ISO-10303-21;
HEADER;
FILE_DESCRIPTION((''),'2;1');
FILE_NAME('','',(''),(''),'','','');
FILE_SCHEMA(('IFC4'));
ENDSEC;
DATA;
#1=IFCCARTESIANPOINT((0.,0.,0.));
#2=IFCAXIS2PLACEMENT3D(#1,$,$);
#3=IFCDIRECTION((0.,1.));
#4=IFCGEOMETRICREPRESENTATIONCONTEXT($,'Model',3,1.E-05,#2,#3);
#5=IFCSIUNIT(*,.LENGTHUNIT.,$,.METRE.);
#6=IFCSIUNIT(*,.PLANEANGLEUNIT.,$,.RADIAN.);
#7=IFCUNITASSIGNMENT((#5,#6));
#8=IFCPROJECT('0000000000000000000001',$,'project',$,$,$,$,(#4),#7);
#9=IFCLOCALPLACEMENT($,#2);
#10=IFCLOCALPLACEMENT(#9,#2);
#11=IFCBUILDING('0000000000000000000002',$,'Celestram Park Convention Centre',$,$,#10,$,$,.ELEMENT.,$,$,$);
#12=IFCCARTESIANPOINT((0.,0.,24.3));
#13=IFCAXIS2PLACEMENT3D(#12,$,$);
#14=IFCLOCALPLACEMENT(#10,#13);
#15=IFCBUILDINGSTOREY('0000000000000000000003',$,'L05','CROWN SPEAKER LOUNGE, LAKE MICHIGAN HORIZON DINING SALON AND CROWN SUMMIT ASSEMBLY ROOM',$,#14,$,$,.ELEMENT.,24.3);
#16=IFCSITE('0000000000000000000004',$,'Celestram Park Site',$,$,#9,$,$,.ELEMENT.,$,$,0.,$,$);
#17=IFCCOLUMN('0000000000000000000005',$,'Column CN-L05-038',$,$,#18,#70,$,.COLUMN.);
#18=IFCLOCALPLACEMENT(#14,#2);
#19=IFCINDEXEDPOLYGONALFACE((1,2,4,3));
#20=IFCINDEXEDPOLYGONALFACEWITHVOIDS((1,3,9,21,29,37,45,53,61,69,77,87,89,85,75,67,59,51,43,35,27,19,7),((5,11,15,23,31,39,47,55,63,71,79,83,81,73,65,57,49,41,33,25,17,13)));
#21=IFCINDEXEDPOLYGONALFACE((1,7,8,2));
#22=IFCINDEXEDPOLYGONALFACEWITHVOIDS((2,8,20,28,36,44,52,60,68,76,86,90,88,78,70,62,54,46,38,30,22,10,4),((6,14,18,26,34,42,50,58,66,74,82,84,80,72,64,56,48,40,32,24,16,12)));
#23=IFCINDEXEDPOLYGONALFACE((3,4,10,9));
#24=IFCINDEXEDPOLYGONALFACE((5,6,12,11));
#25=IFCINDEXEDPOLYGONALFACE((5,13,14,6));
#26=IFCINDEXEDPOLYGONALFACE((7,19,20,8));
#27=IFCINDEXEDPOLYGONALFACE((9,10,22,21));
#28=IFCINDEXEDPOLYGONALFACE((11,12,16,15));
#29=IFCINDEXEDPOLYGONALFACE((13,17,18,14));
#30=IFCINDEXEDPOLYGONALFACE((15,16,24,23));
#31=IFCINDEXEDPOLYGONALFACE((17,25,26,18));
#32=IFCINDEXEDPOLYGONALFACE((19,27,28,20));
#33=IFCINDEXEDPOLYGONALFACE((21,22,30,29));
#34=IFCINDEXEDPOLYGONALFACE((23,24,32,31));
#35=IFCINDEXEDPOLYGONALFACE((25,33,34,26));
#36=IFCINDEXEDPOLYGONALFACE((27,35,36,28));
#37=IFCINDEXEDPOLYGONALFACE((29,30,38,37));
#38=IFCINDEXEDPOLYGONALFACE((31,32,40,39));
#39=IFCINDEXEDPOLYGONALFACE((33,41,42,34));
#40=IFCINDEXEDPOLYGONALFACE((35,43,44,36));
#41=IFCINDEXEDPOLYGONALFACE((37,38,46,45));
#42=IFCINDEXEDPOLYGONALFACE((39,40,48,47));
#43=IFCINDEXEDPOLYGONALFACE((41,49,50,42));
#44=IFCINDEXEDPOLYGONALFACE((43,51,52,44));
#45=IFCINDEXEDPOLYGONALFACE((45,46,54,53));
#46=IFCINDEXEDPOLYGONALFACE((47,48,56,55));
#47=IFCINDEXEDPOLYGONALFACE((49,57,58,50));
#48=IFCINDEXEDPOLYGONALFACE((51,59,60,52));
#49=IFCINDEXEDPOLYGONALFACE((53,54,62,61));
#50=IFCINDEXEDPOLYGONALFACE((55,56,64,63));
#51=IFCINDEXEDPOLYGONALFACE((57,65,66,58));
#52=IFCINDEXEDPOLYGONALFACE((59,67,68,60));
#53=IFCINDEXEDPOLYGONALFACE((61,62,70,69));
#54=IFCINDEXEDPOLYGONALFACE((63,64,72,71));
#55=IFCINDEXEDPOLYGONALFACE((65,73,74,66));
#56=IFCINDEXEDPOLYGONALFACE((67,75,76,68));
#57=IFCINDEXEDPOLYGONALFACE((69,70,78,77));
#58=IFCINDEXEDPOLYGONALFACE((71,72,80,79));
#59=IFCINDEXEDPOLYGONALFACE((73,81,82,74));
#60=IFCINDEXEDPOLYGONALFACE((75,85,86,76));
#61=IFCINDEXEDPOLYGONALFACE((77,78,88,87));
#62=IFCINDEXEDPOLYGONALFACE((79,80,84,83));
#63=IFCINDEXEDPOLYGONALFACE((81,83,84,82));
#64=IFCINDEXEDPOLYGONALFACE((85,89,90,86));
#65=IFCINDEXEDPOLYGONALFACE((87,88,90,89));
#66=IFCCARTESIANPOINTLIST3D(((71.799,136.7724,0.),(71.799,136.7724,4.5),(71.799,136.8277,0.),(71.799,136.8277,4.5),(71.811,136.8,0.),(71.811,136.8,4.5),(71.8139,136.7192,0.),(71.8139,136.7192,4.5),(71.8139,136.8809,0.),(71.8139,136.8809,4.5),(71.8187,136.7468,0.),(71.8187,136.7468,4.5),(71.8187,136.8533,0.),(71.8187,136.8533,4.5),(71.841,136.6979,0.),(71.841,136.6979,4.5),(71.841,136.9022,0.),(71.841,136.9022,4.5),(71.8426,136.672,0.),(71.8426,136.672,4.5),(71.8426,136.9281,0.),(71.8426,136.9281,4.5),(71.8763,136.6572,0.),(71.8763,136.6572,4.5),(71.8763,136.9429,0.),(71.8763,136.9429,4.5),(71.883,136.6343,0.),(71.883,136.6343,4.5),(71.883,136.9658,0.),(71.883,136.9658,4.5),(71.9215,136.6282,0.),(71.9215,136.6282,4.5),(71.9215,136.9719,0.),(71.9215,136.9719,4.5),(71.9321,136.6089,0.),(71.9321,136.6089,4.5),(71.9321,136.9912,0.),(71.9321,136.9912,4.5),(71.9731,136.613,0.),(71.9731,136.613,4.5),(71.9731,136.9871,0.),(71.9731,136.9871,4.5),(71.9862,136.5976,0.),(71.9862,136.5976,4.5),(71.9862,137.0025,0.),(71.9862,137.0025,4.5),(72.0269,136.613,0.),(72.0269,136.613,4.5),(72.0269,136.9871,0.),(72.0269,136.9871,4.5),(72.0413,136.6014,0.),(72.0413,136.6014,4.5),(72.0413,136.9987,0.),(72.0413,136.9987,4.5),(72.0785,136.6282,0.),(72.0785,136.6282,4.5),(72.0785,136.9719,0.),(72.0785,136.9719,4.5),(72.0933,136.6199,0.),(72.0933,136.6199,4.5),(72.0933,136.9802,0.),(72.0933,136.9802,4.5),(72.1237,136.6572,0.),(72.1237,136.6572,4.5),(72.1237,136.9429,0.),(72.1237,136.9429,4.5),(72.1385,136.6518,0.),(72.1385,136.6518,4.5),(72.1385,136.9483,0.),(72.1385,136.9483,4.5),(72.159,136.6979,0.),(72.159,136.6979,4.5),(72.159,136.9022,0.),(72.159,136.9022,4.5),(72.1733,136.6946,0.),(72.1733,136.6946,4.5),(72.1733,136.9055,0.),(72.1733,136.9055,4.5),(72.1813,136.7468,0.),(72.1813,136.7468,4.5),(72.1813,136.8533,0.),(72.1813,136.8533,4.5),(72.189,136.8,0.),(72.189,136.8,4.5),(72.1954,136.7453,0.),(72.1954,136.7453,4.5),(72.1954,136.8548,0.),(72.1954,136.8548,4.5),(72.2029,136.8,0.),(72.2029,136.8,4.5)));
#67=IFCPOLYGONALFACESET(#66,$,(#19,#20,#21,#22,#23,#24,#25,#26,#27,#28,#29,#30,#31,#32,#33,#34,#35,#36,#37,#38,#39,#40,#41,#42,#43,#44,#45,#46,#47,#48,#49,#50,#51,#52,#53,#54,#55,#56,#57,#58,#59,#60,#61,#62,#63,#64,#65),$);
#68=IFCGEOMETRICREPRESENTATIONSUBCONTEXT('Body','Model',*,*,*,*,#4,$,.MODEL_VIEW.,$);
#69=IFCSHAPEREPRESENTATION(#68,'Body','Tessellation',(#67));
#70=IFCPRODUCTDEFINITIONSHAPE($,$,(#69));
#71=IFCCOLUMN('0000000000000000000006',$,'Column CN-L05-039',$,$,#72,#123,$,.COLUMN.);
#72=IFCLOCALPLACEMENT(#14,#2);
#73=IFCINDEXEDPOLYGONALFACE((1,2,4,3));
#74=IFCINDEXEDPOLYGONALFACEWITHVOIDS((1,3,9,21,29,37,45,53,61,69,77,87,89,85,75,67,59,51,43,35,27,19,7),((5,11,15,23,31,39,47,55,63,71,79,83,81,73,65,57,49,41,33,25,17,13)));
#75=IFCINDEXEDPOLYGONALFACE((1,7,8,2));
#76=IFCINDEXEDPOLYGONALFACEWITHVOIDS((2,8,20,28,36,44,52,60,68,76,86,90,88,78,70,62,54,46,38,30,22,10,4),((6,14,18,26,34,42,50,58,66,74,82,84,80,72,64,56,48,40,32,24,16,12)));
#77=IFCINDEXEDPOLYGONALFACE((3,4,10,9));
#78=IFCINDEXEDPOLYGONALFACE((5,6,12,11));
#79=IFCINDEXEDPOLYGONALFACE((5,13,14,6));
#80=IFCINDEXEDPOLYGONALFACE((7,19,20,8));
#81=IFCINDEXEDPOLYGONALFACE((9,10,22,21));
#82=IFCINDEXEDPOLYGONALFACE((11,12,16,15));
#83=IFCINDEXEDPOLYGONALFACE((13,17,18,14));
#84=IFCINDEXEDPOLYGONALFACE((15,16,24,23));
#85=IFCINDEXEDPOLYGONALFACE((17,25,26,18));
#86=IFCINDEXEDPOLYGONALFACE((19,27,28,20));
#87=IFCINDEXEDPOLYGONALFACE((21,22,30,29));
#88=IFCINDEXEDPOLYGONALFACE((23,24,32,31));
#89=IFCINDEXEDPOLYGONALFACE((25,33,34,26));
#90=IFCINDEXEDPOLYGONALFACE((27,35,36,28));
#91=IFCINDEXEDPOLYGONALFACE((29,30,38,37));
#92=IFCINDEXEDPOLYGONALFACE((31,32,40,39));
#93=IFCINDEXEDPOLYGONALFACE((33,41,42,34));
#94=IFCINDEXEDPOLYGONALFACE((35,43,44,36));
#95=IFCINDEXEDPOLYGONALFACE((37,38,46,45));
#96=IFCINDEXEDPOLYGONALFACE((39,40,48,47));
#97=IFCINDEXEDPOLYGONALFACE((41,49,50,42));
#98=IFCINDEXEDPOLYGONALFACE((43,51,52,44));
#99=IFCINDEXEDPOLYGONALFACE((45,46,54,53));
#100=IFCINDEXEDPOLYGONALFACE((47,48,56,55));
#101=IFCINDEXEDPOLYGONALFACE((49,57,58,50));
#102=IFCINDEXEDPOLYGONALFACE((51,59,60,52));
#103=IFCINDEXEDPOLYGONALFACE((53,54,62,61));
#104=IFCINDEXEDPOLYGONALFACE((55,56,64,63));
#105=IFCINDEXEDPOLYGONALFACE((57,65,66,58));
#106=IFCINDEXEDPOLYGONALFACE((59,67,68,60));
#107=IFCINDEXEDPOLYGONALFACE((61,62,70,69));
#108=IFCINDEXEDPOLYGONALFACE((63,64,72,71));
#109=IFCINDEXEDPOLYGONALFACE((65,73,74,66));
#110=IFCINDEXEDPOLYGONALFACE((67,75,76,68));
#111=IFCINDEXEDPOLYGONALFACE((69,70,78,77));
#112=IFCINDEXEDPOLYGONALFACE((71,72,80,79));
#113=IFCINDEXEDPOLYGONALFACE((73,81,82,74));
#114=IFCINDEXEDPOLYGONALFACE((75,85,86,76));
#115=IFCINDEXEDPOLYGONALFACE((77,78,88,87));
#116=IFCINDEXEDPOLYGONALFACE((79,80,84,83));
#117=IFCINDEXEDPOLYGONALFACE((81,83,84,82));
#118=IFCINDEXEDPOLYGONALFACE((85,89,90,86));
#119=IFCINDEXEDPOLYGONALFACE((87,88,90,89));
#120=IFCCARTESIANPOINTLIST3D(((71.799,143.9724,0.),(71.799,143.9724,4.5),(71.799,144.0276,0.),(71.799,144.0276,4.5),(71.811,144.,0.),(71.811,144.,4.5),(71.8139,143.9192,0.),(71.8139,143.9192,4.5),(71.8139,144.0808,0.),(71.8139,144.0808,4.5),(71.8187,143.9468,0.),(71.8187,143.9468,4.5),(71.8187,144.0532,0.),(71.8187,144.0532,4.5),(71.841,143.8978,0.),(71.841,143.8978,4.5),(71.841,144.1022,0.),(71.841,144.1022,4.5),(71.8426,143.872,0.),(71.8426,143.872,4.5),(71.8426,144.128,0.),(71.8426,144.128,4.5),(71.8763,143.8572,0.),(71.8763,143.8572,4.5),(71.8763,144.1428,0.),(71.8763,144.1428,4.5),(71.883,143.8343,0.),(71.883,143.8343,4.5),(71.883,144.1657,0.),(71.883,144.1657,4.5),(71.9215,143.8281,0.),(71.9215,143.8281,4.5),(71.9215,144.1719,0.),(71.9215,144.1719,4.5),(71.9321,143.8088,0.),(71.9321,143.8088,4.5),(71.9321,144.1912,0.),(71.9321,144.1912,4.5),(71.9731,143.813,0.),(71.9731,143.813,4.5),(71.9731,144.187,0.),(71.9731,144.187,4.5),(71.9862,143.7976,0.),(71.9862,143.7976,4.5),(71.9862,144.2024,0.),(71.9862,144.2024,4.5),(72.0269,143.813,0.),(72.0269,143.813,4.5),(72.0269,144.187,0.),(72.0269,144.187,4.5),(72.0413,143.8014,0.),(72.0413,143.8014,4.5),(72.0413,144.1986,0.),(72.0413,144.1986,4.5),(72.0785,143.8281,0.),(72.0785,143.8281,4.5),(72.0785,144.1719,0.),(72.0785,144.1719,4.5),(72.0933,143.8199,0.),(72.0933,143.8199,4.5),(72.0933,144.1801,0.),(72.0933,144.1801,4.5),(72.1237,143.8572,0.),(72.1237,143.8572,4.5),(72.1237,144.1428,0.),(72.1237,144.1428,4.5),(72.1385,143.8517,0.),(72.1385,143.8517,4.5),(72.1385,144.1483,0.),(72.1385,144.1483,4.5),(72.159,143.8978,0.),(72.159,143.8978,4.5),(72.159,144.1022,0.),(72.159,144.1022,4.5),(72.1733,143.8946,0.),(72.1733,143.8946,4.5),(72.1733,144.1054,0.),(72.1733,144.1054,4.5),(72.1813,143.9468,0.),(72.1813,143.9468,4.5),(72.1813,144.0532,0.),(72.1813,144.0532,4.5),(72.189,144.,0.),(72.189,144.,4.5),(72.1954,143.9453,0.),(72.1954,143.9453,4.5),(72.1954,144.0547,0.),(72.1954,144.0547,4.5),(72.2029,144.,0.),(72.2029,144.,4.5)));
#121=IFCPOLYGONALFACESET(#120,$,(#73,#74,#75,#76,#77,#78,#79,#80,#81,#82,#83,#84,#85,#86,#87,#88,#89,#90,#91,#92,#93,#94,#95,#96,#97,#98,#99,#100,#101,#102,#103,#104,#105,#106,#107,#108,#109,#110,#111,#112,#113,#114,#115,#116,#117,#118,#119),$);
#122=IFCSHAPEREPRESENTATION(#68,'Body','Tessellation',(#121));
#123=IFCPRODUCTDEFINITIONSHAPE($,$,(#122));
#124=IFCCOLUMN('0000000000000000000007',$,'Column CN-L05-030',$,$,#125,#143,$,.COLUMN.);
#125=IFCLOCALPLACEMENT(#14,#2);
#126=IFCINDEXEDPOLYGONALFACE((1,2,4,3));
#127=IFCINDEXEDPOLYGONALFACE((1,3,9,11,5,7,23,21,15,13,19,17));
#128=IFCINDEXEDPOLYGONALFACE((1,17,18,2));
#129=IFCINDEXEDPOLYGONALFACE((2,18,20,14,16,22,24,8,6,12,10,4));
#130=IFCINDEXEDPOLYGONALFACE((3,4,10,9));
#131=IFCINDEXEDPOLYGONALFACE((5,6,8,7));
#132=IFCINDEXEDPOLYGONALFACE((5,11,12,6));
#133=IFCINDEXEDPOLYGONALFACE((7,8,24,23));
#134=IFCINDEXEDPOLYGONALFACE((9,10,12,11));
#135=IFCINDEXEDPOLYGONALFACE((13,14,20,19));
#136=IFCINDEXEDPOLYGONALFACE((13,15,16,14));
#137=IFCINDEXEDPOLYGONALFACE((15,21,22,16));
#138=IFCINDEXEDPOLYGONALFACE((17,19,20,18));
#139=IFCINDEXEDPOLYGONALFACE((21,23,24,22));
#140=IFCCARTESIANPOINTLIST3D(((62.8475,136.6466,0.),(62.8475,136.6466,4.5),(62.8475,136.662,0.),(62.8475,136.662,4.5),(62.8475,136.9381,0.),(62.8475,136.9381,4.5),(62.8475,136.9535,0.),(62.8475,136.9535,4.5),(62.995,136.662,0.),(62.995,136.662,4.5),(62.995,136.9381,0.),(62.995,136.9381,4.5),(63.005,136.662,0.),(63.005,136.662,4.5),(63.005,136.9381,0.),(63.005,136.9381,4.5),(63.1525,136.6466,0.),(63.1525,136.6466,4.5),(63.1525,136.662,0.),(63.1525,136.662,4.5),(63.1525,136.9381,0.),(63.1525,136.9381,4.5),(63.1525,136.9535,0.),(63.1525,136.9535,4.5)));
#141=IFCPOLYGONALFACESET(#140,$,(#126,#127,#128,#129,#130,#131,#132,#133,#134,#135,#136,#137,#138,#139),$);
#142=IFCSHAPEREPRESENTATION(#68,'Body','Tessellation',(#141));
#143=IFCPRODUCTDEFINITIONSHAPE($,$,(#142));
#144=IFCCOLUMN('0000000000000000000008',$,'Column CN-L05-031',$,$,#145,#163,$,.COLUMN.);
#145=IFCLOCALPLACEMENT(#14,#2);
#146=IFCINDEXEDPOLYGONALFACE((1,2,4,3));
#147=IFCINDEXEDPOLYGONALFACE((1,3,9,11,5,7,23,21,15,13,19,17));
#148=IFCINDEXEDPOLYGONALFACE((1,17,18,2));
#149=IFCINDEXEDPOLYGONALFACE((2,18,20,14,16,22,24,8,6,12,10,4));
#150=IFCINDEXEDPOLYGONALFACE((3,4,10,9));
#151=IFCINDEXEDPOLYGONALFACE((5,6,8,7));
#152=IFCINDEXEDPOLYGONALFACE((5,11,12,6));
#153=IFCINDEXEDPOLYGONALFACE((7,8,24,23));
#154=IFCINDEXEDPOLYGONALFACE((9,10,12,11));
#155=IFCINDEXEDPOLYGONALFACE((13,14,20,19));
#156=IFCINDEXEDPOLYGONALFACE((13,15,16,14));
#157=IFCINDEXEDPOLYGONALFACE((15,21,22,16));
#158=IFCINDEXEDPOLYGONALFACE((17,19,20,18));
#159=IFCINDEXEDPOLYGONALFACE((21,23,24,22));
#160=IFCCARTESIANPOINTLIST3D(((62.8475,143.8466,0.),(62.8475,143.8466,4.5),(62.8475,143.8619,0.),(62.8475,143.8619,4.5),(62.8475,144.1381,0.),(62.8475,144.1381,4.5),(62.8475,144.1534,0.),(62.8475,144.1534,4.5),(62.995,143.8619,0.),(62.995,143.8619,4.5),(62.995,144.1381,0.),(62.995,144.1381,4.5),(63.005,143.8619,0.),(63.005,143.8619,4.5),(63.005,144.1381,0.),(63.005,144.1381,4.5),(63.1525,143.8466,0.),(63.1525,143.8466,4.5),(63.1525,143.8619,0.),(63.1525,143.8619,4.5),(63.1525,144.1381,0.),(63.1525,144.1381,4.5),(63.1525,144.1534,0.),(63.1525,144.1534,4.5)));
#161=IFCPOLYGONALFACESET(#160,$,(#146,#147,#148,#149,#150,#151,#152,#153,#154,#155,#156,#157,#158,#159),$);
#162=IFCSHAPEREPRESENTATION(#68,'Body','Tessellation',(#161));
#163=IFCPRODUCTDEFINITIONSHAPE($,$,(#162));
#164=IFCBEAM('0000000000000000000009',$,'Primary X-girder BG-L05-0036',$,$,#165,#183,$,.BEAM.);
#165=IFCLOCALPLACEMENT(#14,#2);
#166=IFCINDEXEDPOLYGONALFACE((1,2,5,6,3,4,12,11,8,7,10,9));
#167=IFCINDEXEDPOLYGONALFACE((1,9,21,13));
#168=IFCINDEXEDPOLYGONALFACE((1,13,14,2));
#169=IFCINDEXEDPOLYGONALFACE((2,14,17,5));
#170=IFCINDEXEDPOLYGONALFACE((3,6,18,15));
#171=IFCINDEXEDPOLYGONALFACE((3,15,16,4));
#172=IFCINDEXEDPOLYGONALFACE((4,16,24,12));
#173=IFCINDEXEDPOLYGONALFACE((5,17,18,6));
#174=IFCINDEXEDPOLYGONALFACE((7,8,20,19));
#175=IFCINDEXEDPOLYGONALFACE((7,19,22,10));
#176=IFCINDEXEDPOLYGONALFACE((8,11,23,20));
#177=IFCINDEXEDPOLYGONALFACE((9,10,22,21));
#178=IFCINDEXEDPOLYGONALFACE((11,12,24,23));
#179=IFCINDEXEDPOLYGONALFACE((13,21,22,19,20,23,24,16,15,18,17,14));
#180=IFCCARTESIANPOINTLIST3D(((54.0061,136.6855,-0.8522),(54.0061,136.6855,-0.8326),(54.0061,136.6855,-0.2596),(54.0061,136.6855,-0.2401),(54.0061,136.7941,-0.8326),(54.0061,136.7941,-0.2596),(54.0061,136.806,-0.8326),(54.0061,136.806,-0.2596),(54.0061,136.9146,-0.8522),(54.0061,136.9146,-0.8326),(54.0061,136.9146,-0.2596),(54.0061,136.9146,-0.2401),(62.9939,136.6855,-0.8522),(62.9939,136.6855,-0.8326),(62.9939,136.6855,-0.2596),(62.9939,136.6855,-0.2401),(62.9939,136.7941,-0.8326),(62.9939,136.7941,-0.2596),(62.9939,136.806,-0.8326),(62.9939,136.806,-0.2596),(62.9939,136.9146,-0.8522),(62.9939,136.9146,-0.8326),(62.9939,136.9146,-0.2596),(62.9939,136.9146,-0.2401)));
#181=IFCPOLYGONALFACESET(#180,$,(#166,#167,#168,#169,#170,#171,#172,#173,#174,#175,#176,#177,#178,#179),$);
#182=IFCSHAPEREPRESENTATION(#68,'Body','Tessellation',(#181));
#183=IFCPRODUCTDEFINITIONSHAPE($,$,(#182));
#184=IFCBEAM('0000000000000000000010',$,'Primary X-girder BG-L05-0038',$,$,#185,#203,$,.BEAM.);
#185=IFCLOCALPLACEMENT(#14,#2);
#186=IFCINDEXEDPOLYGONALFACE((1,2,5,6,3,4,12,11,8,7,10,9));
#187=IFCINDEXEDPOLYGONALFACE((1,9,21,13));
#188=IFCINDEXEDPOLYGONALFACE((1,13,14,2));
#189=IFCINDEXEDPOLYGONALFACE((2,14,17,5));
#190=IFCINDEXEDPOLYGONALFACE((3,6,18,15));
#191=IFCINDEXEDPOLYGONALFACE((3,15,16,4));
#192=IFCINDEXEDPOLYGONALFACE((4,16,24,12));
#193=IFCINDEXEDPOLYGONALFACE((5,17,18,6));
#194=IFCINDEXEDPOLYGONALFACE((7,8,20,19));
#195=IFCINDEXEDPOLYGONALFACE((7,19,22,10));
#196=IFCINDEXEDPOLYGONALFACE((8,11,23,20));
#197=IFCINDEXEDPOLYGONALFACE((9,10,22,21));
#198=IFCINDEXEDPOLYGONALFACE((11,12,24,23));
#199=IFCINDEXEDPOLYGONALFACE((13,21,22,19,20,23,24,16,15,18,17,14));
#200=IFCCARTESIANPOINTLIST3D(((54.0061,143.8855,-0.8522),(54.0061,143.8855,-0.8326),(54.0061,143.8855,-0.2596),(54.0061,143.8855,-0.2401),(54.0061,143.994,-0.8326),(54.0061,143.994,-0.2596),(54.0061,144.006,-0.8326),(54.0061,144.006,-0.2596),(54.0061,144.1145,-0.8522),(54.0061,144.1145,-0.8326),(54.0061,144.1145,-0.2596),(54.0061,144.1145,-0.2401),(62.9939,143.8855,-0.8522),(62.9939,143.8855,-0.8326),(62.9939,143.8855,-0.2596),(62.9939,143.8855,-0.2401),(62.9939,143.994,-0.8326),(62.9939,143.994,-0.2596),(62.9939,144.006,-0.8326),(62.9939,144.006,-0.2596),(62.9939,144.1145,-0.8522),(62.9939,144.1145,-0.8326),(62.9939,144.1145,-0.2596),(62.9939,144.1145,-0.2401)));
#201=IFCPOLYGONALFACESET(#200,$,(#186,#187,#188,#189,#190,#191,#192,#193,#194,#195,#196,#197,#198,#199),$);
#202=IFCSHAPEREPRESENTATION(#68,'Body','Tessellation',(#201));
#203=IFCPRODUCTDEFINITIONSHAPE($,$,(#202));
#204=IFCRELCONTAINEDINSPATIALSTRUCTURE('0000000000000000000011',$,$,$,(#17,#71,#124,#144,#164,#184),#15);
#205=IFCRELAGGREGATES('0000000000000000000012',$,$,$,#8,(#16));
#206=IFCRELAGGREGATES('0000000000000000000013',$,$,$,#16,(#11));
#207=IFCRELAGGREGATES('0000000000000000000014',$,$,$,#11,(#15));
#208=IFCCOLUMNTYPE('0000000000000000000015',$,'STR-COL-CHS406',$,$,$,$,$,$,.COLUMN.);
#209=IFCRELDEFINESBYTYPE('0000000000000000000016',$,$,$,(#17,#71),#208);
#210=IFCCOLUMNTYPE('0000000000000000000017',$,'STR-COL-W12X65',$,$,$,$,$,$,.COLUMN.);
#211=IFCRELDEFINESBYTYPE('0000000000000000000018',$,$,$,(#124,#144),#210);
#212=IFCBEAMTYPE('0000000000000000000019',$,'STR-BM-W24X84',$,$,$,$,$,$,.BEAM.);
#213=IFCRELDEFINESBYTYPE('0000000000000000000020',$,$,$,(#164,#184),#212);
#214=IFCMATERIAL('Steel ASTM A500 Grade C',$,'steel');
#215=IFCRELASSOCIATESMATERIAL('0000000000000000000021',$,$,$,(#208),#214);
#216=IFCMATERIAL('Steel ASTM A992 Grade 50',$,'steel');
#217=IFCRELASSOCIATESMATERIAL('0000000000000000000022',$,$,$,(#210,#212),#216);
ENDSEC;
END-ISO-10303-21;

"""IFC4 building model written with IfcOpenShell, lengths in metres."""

from ifc_helpers import new_model, si_unit, direction, frame, origin, origin_2d, place, context, subcontext, project, spatial, hollow_circle, i_section, extrude, material, material_profile, profile_set, type_object, element, save


model = new_model("IFC4")

# Units and contexts
model_context = context("Model", 3, precision=1e-05, world=origin(), true_north=direction((0.0, 1.0)))
body_context = subcontext(model_context, "Body", "Model", "MODEL_VIEW")
ifc_project = project(units=[si_unit("LENGTHUNIT", "METRE"), si_unit("PLANEANGLEUNIT", "RADIAN")], contexts=[model_context])

# Site, building, storey
site_placement = place(None, origin())
site = spatial("IfcSite", under=ifc_project, at=site_placement, Name="Celestram Park Site", CompositionType="ELEMENT", RefElevation=0.0)
building_placement = place(site_placement, origin())
building = spatial("IfcBuilding", under=site, at=building_placement, Name="Celestram Park Convention Centre", CompositionType="ELEMENT")
storey_placement = place(building_placement, frame((0.0, 0.0, 24.3)))
storey = spatial("IfcBuildingStorey", under=building, at=storey_placement, Name="L05", Description="CROWN SPEAKER LOUNGE, LAKE MICHIGAN HORIZON DINING SALON AND CROWN SUMMIT ASSEMBLY ROOM", CompositionType="ELEMENT", Elevation=24.3)

# Columns
ifc_material_1 = material(Name="Steel ASTM A500 Grade C", Category="steel")
ifc_material_profile_1 = material_profile(ifc_material_1, hollow_circle(Radius=0.2029, WallThickness=0.0139, at=origin_2d()), Name="CHS406X14")
ifc_profile_set_1 = profile_set([ifc_material_profile_1], Name="Steel ASTM A500 Grade C")
column_type_1 = type_object("IfcColumnType", Name="STR-COL-CHS406", PredefinedType="COLUMN", material=ifc_profile_set_1)
for number, where, z_axis, x_axis, name in (
    (1, (72.0, 136.8, 0.0), (0.0, 0.0, 1.0), (1.0, 0.0, 0.0), "Column CN-L05-038"),
    (2, (72.0, 144.0, 0.0), (0.0, 0.0, 1.0), (1.0, 0.0, 0.0), "Column CN-L05-039"),
):
    element("IfcColumn", number, at=place(storey_placement, frame(where, z_axis=z_axis, x_axis=x_axis)), inside=storey, type_object=column_type_1, Name=name, PredefinedType="COLUMN", context=body_context, shape_type="SweptSolid", body=[
        extrude(hollow_circle(Radius=0.2029, WallThickness=0.0139, at=origin_2d()), origin(), (0.0, 0.0, 1.0), 4.5),
    ])
ifc_material_2 = material(Name="Steel ASTM A992 Grade 50", Category="steel")
ifc_material_profile_2 = material_profile(ifc_material_2, i_section(OverallWidth=0.3049, OverallDepth=0.3069, WebThickness=0.01, FlangeThickness=0.0154, at=origin_2d()), Name="W12X65")
ifc_profile_set_2 = profile_set([ifc_material_profile_2], Name="Steel ASTM A992 Grade 50")
column_type_2 = type_object("IfcColumnType", Name="STR-COL-W12X65", PredefinedType="COLUMN", material=ifc_profile_set_2)
for number, where, z_axis, x_axis, name in (
    (3, (63.0, 136.8, 0.0), (0.0, 0.0, 1.0), (1.0, 0.0, 0.0), "Column CN-L05-030"),
    (4, (63.0, 144.0, 0.0), (0.0, 0.0, 1.0), (1.0, 0.0, 0.0), "Column CN-L05-031"),
):
    element("IfcColumn", number, at=place(storey_placement, frame(where, z_axis=z_axis, x_axis=x_axis)), inside=storey, type_object=column_type_2, Name=name, PredefinedType="COLUMN", context=body_context, shape_type="SweptSolid", body=[
        extrude(i_section(OverallWidth=0.3049, OverallDepth=0.3069, WebThickness=0.01, FlangeThickness=0.0154, at=origin_2d()), origin(), (0.0, 0.0, 1.0), 4.5),
    ])

# Beams
ifc_material_profile_3 = material_profile(ifc_material_2, i_section(OverallWidth=0.229, OverallDepth=0.6121, WebThickness=0.012, FlangeThickness=0.0195, at=origin_2d()), Name="W24X84")
ifc_profile_set_3 = profile_set([ifc_material_profile_3], Name="Steel ASTM A992 Grade 50")
beam_type = type_object("IfcBeamType", Name="STR-BM-W24X84", PredefinedType="BEAM", material=ifc_profile_set_3)
for number, where, z_axis, x_axis, name in (
    (5, (54.0061, 136.8, -0.5461), (1.0, 0.0, 0.0), (0.0, 1.0, 0.0), "Primary X-girder BG-L05-0036"),
    (6, (54.0061, 144.0, -0.5461), (1.0, 0.0, 0.0), (0.0, 1.0, 0.0), "Primary X-girder BG-L05-0038"),
):
    element("IfcBeam", number, at=place(storey_placement, frame(where, z_axis=z_axis, x_axis=x_axis)), inside=storey, type_object=beam_type, Name=name, PredefinedType="BEAM", context=body_context, shape_type="SweptSolid", body=[
        extrude(i_section(OverallWidth=0.229, OverallDepth=0.6121, WebThickness=0.012, FlangeThickness=0.0195, at=origin_2d()), origin(), (0.0, 0.0, 1.0), 8.9878),
    ])

save(model, "model.ifc")
